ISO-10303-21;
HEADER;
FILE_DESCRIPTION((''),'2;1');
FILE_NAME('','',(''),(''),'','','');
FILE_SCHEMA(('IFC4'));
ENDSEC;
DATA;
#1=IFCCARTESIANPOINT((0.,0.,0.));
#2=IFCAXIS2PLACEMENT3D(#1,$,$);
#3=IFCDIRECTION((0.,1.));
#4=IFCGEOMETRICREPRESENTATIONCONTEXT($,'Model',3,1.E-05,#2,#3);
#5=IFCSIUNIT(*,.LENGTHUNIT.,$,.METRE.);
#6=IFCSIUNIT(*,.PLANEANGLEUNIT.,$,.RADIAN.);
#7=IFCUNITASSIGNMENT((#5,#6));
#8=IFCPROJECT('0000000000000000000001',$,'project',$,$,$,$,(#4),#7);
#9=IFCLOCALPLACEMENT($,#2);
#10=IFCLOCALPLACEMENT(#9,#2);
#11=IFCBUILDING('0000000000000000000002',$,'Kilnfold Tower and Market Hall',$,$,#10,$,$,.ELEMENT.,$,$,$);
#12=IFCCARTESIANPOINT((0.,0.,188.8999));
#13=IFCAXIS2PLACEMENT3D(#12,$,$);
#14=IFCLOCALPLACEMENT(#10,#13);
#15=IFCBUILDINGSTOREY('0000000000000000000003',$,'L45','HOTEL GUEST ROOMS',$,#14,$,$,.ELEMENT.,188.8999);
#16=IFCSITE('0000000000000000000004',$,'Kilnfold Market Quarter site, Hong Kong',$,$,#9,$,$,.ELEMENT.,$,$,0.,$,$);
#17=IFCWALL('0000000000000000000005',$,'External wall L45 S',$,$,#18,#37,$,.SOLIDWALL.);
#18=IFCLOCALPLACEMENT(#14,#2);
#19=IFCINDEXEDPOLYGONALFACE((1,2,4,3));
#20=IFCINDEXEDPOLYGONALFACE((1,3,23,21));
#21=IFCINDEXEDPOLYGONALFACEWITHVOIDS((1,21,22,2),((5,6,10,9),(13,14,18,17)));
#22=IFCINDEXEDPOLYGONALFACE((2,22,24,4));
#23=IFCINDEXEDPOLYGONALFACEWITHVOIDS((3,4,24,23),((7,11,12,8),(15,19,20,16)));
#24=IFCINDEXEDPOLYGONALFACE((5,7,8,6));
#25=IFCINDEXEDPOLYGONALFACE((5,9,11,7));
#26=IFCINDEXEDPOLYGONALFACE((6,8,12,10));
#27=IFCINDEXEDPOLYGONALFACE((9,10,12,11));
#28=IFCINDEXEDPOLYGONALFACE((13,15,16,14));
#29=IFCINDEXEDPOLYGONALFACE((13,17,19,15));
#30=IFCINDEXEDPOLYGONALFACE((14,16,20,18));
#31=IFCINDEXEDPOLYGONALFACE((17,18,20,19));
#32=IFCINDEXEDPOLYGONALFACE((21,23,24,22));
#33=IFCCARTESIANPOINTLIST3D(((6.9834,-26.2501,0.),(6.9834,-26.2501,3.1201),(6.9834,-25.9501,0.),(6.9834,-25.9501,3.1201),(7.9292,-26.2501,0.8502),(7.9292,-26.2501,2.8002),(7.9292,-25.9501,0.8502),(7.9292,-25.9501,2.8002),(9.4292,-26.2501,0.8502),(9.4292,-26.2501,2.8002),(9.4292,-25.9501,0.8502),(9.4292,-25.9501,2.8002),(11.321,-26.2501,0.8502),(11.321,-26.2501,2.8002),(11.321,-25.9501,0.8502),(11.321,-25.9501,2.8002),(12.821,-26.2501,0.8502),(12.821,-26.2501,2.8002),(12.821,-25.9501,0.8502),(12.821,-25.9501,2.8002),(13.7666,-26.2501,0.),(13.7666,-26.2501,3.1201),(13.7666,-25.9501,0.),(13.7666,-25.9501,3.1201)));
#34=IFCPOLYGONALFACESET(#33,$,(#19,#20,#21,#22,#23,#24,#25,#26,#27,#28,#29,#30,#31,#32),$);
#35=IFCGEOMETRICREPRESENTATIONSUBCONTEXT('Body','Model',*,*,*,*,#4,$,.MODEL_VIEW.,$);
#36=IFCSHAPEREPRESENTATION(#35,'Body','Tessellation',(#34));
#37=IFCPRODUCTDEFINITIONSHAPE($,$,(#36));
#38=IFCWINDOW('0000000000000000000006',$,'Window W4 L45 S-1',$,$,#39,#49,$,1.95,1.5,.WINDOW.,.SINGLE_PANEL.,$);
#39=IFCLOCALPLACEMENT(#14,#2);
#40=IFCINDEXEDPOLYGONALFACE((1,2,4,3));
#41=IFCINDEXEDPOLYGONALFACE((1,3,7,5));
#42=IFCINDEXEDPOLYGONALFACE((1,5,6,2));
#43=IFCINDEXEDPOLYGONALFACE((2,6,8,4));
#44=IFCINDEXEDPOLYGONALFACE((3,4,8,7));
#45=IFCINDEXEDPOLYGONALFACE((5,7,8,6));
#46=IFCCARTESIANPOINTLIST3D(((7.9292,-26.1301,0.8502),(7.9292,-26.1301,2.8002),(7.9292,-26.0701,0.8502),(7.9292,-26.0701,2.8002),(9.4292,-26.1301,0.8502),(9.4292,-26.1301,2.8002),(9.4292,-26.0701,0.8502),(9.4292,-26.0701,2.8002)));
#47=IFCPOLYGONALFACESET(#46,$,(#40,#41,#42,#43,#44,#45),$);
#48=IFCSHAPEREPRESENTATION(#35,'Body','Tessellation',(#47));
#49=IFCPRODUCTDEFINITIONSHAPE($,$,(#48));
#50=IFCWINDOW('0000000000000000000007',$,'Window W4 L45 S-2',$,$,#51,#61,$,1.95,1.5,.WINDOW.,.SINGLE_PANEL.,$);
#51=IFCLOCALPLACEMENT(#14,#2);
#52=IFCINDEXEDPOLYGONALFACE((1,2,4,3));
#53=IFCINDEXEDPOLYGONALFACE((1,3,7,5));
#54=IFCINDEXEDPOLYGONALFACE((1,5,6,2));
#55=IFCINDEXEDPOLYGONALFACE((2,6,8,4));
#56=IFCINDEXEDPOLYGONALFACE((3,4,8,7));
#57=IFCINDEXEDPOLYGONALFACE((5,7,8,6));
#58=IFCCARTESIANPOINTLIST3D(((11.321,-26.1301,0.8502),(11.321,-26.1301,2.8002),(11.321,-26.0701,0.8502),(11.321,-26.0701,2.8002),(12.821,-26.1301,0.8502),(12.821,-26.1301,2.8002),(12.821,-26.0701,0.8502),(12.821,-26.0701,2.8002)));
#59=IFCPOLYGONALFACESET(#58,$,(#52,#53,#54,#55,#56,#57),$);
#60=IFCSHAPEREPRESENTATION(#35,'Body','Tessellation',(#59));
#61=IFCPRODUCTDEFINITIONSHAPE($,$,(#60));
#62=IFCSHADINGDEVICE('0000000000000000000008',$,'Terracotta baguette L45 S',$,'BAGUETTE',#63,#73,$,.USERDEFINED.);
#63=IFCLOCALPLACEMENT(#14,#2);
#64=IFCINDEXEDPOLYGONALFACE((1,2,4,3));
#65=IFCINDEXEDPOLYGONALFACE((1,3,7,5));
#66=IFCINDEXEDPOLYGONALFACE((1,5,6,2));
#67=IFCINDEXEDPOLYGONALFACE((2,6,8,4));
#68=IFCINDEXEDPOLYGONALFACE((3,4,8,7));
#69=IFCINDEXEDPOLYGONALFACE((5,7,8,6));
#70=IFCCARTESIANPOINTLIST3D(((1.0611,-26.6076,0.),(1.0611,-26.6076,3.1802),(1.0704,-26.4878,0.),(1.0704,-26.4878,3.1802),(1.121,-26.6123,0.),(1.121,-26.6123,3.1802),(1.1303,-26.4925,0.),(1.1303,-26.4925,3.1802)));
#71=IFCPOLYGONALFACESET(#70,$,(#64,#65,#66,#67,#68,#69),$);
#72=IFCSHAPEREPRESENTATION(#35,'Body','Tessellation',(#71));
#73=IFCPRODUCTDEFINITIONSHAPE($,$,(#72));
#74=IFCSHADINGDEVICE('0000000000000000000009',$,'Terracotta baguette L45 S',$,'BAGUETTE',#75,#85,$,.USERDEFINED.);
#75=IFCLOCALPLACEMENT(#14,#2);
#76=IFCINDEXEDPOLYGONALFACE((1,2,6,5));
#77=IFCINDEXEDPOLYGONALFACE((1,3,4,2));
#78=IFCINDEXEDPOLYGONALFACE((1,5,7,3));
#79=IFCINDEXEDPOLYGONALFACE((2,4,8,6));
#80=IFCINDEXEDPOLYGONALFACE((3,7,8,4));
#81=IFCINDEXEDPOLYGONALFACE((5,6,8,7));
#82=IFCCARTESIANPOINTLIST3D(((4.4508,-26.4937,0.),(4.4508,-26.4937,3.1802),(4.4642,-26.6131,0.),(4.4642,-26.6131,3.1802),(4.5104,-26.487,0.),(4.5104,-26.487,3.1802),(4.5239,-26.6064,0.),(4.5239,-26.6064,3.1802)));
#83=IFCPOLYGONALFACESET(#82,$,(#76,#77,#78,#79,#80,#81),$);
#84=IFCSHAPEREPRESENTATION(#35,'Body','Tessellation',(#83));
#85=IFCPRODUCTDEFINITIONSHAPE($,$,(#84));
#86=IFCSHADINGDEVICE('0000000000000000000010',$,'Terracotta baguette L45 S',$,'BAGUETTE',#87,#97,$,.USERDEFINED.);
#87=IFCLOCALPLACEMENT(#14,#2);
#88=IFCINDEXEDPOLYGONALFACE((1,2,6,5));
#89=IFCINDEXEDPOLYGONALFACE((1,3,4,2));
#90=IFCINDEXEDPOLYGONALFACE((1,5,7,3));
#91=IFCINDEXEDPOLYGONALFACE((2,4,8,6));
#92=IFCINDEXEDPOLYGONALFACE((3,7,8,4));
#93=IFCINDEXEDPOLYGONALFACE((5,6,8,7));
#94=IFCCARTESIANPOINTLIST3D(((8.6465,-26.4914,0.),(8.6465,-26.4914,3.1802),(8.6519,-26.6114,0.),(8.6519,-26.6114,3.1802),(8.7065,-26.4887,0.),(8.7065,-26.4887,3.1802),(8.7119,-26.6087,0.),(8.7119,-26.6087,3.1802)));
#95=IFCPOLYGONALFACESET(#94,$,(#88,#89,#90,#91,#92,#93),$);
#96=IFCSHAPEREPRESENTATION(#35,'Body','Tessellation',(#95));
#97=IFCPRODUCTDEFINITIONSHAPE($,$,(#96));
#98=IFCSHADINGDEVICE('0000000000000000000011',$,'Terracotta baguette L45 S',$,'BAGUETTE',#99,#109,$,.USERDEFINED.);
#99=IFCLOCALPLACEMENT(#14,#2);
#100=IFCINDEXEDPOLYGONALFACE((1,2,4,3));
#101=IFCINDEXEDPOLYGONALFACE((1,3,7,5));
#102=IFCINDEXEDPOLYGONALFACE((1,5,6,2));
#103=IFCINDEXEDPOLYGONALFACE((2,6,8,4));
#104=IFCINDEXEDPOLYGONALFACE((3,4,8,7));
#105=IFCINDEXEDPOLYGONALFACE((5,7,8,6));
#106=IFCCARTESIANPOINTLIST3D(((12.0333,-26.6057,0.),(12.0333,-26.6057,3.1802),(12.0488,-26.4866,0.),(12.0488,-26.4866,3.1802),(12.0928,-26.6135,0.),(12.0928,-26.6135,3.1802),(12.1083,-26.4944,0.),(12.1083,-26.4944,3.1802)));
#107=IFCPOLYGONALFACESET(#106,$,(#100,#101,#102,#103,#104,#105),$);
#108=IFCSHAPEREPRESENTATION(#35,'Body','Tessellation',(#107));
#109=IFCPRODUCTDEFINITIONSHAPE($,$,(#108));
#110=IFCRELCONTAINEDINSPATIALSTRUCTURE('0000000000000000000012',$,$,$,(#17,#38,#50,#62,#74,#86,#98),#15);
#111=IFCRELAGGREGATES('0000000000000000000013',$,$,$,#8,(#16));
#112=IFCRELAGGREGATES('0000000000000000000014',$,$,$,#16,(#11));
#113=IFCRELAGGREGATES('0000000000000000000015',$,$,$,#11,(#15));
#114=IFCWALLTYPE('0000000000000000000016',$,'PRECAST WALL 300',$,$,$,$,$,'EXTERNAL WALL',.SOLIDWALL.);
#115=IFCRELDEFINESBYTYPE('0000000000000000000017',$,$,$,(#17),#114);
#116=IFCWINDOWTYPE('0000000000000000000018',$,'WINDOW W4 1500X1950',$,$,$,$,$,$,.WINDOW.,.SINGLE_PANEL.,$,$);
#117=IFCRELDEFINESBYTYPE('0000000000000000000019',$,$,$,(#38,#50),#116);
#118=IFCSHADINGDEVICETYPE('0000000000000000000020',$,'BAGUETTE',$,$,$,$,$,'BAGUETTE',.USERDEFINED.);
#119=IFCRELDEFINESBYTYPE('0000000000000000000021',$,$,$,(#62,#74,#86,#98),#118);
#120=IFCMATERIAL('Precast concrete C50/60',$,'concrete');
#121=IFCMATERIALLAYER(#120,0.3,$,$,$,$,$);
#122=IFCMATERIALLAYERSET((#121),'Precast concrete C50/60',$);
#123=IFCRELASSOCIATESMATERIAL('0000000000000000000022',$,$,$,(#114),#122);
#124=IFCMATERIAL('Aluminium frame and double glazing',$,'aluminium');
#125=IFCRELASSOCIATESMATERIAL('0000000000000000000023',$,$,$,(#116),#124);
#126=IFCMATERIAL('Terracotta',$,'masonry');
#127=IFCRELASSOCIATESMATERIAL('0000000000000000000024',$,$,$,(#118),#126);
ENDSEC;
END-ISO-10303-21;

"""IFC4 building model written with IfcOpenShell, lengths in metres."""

from ifc_helpers import new_model, si_unit, direction, frame, frame_2d, origin, origin_2d, place, context, subcontext, project, spatial, rectangle, extrude, source, transform, mapped, material, layer, layer_set, material_profile, profile_set, type_object, element, fill, save


model = new_model("IFC4")

# Units and contexts
model_context = context("Model", 3, precision=1e-05, world=origin(), true_north=direction((0.0, 1.0)))
body_context = subcontext(model_context, "Body", "Model", "MODEL_VIEW")
ifc_project = project(units=[si_unit("LENGTHUNIT", "METRE"), si_unit("PLANEANGLEUNIT", "RADIAN")], contexts=[model_context])

# Site, building, storey
site_placement = place(None, origin())
site = spatial("IfcSite", under=ifc_project, at=site_placement, Name="Kilnfold Market Quarter site, Hong Kong", CompositionType="ELEMENT", RefElevation=0.0)
building_placement = place(site_placement, origin())
building = spatial("IfcBuilding", under=site, at=building_placement, Name="Kilnfold Tower and Market Hall", CompositionType="ELEMENT")
storey_placement = place(building_placement, frame((0.0, 0.0, 188.8999)))
storey = spatial("IfcBuildingStorey", under=building, at=storey_placement, Name="L45", Description="HOTEL GUEST ROOMS", CompositionType="ELEMENT", Elevation=188.8999)

# Wall, openings, windows
ifc_material_1 = material(Name="Precast concrete C50/60", Category="concrete")
ifc_layer_1 = layer(ifc_material_1, 0.3)
ifc_layer_set_1 = layer_set([ifc_layer_1], Name="Precast concrete C50/60")
wall_type_1 = type_object("IfcWallType", Name="PRECAST WALL 300", ElementType="EXTERNAL WALL", PredefinedType="SOLIDWALL", material=ifc_layer_set_1)
ifc_material_2 = material(Name="Aluminium frame and double glazing", Category="aluminium")
window_type = type_object("IfcWindowType", Name="WINDOW W4 1500X1950", PartitioningType="SINGLE_PANEL", PredefinedType="WINDOW", material=ifc_material_2)
shared_shape_1 = source(origin(), body_context, "Body", "SweptSolid", [
    extrude(rectangle(XDim=6.7832, YDim=0.3, at=frame_2d((3.3916, 0.0))), origin(), (0.0, 0.0, 1.0), 3.1201),
])
wall_1_placement = place(storey_placement, frame((6.9834, -26.1001, 0.0), z_axis=(0.0, 0.0, 1.0), x_axis=(1.0, 0.0, 0.0)))
wall_1 = element("IfcWall", 1, at=wall_1_placement, inside=storey, type_object=wall_type_1, Name="External wall L45 S", PredefinedType="SOLIDWALL", context=body_context, shape_type="MappedRepresentation", body=[
    mapped(shared_shape_1, transform((0.0, 0.0, 0.0))),
])
opening_1_placement = place(wall_1_placement, frame((0.9458, 0.0, 0.8501)))
opening_1 = element("IfcOpeningElement", 2, at=opening_1_placement, cuts=wall_1, PredefinedType="OPENING", context=body_context, shape_type="SweptSolid", body=[
    extrude(rectangle(XDim=1.5, YDim=1.95, at=frame_2d((0.75, 0.9751))), frame((0.0, 0.1602, 0.0), z_axis=(0.0, -1.0, 0.0), x_axis=(1.0, 0.0, 0.0)), (0.0, 0.0, 1.0), 0.3201),
])
opening_2_placement = place(wall_1_placement, frame((4.3376, 0.0, 0.8501)))
opening_2 = element("IfcOpeningElement", 3, at=opening_2_placement, cuts=wall_1, PredefinedType="OPENING", context=body_context, shape_type="SweptSolid", body=[
    extrude(rectangle(XDim=1.5, YDim=1.95, at=frame_2d((0.75, 0.9751))), frame((0.0, 0.1602, 0.0), z_axis=(0.0, -1.0, 0.0), x_axis=(1.0, 0.0, 0.0)), (0.0, 0.0, 1.0), 0.3201),
])
window_1_placement = place(opening_1_placement, origin())
window_1 = element("IfcWindow", 4, at=window_1_placement, inside=storey, type_object=window_type, Name="Window W4 L45 S-1", OverallHeight=1.95, OverallWidth=1.5, PartitioningType="SINGLE_PANEL", PredefinedType="WINDOW", context=body_context, shape_type="SweptSolid", body=[
    extrude(rectangle(XDim=1.5, YDim=1.95, at=frame_2d((0.75, 0.9751))), frame((0.0, 0.03, 0.0), z_axis=(0.0, -1.0, 0.0), x_axis=(1.0, 0.0, 0.0)), (0.0, 0.0, 1.0), 0.0601),
])
fill(opening_1, window_1)
window_2_placement = place(opening_2_placement, origin())
window_2 = element("IfcWindow", 5, at=window_2_placement, inside=storey, type_object=window_type, Name="Window W4 L45 S-2", OverallHeight=1.95, OverallWidth=1.5, PartitioningType="SINGLE_PANEL", PredefinedType="WINDOW", context=body_context, shape_type="SweptSolid", body=[
    extrude(rectangle(XDim=1.5, YDim=1.95, at=frame_2d((0.75, 0.9751))), frame((0.0, 0.03, 0.0), z_axis=(0.0, -1.0, 0.0), x_axis=(1.0, 0.0, 0.0)), (0.0, 0.0, 1.0), 0.0601),
])
fill(opening_2, window_2)

# Shading devices
ifc_material_3 = material(Name="Terracotta", Category="masonry")
ifc_material_profile_1 = material_profile(ifc_material_3, rectangle(XDim=0.0601, YDim=0.1201, at=origin_2d()), Name="BAG 60x120")
ifc_profile_set_1 = profile_set([ifc_material_profile_1], Name="Terracotta")
shading_device_type = type_object("IfcShadingDeviceType", Name="BAGUETTE", ElementType="BAGUETTE", PredefinedType="USERDEFINED", material=ifc_profile_set_1)
shared_shape_2 = source(origin(), body_context, "Body", "SweptSolid", [
    extrude(rectangle(XDim=0.0601, YDim=0.1201, at=origin_2d()), origin(), (0.0, 0.0, 1.0), 3.1802),
])
for number, where, z_axis, x_axis, name in (
    (6, (1.0957, -26.55, 0.0), (0.0, 0.0, 1.0), (0.996962, -0.077894, 0.0), "Terracotta baguette L45 S"),
    (7, (4.4873, -26.55, 0.0), (0.0, 0.0, 1.0), (0.993746, 0.111667, 0.0), "Terracotta baguette L45 S"),
    (8, (8.6792, -26.55, 0.0), (0.0, 0.0, 1.0), (0.998972, 0.045321, 0.0), "Terracotta baguette L45 S"),
    (9, (12.0708, -26.55, 0.0), (0.0, 0.0, 1.0), (0.9916, -0.129339, 0.0), "Terracotta baguette L45 S"),
):
    element("IfcShadingDevice", number, at=place(storey_placement, frame(where, z_axis=z_axis, x_axis=x_axis)), inside=storey, type_object=shading_device_type, Name=name, ObjectType="BAGUETTE", PredefinedType="USERDEFINED", context=body_context, shape_type="MappedRepresentation", body=[
        mapped(shared_shape_2, transform((0.0, 0.0, 0.0))),
    ])

save(model, "model.ifc")
